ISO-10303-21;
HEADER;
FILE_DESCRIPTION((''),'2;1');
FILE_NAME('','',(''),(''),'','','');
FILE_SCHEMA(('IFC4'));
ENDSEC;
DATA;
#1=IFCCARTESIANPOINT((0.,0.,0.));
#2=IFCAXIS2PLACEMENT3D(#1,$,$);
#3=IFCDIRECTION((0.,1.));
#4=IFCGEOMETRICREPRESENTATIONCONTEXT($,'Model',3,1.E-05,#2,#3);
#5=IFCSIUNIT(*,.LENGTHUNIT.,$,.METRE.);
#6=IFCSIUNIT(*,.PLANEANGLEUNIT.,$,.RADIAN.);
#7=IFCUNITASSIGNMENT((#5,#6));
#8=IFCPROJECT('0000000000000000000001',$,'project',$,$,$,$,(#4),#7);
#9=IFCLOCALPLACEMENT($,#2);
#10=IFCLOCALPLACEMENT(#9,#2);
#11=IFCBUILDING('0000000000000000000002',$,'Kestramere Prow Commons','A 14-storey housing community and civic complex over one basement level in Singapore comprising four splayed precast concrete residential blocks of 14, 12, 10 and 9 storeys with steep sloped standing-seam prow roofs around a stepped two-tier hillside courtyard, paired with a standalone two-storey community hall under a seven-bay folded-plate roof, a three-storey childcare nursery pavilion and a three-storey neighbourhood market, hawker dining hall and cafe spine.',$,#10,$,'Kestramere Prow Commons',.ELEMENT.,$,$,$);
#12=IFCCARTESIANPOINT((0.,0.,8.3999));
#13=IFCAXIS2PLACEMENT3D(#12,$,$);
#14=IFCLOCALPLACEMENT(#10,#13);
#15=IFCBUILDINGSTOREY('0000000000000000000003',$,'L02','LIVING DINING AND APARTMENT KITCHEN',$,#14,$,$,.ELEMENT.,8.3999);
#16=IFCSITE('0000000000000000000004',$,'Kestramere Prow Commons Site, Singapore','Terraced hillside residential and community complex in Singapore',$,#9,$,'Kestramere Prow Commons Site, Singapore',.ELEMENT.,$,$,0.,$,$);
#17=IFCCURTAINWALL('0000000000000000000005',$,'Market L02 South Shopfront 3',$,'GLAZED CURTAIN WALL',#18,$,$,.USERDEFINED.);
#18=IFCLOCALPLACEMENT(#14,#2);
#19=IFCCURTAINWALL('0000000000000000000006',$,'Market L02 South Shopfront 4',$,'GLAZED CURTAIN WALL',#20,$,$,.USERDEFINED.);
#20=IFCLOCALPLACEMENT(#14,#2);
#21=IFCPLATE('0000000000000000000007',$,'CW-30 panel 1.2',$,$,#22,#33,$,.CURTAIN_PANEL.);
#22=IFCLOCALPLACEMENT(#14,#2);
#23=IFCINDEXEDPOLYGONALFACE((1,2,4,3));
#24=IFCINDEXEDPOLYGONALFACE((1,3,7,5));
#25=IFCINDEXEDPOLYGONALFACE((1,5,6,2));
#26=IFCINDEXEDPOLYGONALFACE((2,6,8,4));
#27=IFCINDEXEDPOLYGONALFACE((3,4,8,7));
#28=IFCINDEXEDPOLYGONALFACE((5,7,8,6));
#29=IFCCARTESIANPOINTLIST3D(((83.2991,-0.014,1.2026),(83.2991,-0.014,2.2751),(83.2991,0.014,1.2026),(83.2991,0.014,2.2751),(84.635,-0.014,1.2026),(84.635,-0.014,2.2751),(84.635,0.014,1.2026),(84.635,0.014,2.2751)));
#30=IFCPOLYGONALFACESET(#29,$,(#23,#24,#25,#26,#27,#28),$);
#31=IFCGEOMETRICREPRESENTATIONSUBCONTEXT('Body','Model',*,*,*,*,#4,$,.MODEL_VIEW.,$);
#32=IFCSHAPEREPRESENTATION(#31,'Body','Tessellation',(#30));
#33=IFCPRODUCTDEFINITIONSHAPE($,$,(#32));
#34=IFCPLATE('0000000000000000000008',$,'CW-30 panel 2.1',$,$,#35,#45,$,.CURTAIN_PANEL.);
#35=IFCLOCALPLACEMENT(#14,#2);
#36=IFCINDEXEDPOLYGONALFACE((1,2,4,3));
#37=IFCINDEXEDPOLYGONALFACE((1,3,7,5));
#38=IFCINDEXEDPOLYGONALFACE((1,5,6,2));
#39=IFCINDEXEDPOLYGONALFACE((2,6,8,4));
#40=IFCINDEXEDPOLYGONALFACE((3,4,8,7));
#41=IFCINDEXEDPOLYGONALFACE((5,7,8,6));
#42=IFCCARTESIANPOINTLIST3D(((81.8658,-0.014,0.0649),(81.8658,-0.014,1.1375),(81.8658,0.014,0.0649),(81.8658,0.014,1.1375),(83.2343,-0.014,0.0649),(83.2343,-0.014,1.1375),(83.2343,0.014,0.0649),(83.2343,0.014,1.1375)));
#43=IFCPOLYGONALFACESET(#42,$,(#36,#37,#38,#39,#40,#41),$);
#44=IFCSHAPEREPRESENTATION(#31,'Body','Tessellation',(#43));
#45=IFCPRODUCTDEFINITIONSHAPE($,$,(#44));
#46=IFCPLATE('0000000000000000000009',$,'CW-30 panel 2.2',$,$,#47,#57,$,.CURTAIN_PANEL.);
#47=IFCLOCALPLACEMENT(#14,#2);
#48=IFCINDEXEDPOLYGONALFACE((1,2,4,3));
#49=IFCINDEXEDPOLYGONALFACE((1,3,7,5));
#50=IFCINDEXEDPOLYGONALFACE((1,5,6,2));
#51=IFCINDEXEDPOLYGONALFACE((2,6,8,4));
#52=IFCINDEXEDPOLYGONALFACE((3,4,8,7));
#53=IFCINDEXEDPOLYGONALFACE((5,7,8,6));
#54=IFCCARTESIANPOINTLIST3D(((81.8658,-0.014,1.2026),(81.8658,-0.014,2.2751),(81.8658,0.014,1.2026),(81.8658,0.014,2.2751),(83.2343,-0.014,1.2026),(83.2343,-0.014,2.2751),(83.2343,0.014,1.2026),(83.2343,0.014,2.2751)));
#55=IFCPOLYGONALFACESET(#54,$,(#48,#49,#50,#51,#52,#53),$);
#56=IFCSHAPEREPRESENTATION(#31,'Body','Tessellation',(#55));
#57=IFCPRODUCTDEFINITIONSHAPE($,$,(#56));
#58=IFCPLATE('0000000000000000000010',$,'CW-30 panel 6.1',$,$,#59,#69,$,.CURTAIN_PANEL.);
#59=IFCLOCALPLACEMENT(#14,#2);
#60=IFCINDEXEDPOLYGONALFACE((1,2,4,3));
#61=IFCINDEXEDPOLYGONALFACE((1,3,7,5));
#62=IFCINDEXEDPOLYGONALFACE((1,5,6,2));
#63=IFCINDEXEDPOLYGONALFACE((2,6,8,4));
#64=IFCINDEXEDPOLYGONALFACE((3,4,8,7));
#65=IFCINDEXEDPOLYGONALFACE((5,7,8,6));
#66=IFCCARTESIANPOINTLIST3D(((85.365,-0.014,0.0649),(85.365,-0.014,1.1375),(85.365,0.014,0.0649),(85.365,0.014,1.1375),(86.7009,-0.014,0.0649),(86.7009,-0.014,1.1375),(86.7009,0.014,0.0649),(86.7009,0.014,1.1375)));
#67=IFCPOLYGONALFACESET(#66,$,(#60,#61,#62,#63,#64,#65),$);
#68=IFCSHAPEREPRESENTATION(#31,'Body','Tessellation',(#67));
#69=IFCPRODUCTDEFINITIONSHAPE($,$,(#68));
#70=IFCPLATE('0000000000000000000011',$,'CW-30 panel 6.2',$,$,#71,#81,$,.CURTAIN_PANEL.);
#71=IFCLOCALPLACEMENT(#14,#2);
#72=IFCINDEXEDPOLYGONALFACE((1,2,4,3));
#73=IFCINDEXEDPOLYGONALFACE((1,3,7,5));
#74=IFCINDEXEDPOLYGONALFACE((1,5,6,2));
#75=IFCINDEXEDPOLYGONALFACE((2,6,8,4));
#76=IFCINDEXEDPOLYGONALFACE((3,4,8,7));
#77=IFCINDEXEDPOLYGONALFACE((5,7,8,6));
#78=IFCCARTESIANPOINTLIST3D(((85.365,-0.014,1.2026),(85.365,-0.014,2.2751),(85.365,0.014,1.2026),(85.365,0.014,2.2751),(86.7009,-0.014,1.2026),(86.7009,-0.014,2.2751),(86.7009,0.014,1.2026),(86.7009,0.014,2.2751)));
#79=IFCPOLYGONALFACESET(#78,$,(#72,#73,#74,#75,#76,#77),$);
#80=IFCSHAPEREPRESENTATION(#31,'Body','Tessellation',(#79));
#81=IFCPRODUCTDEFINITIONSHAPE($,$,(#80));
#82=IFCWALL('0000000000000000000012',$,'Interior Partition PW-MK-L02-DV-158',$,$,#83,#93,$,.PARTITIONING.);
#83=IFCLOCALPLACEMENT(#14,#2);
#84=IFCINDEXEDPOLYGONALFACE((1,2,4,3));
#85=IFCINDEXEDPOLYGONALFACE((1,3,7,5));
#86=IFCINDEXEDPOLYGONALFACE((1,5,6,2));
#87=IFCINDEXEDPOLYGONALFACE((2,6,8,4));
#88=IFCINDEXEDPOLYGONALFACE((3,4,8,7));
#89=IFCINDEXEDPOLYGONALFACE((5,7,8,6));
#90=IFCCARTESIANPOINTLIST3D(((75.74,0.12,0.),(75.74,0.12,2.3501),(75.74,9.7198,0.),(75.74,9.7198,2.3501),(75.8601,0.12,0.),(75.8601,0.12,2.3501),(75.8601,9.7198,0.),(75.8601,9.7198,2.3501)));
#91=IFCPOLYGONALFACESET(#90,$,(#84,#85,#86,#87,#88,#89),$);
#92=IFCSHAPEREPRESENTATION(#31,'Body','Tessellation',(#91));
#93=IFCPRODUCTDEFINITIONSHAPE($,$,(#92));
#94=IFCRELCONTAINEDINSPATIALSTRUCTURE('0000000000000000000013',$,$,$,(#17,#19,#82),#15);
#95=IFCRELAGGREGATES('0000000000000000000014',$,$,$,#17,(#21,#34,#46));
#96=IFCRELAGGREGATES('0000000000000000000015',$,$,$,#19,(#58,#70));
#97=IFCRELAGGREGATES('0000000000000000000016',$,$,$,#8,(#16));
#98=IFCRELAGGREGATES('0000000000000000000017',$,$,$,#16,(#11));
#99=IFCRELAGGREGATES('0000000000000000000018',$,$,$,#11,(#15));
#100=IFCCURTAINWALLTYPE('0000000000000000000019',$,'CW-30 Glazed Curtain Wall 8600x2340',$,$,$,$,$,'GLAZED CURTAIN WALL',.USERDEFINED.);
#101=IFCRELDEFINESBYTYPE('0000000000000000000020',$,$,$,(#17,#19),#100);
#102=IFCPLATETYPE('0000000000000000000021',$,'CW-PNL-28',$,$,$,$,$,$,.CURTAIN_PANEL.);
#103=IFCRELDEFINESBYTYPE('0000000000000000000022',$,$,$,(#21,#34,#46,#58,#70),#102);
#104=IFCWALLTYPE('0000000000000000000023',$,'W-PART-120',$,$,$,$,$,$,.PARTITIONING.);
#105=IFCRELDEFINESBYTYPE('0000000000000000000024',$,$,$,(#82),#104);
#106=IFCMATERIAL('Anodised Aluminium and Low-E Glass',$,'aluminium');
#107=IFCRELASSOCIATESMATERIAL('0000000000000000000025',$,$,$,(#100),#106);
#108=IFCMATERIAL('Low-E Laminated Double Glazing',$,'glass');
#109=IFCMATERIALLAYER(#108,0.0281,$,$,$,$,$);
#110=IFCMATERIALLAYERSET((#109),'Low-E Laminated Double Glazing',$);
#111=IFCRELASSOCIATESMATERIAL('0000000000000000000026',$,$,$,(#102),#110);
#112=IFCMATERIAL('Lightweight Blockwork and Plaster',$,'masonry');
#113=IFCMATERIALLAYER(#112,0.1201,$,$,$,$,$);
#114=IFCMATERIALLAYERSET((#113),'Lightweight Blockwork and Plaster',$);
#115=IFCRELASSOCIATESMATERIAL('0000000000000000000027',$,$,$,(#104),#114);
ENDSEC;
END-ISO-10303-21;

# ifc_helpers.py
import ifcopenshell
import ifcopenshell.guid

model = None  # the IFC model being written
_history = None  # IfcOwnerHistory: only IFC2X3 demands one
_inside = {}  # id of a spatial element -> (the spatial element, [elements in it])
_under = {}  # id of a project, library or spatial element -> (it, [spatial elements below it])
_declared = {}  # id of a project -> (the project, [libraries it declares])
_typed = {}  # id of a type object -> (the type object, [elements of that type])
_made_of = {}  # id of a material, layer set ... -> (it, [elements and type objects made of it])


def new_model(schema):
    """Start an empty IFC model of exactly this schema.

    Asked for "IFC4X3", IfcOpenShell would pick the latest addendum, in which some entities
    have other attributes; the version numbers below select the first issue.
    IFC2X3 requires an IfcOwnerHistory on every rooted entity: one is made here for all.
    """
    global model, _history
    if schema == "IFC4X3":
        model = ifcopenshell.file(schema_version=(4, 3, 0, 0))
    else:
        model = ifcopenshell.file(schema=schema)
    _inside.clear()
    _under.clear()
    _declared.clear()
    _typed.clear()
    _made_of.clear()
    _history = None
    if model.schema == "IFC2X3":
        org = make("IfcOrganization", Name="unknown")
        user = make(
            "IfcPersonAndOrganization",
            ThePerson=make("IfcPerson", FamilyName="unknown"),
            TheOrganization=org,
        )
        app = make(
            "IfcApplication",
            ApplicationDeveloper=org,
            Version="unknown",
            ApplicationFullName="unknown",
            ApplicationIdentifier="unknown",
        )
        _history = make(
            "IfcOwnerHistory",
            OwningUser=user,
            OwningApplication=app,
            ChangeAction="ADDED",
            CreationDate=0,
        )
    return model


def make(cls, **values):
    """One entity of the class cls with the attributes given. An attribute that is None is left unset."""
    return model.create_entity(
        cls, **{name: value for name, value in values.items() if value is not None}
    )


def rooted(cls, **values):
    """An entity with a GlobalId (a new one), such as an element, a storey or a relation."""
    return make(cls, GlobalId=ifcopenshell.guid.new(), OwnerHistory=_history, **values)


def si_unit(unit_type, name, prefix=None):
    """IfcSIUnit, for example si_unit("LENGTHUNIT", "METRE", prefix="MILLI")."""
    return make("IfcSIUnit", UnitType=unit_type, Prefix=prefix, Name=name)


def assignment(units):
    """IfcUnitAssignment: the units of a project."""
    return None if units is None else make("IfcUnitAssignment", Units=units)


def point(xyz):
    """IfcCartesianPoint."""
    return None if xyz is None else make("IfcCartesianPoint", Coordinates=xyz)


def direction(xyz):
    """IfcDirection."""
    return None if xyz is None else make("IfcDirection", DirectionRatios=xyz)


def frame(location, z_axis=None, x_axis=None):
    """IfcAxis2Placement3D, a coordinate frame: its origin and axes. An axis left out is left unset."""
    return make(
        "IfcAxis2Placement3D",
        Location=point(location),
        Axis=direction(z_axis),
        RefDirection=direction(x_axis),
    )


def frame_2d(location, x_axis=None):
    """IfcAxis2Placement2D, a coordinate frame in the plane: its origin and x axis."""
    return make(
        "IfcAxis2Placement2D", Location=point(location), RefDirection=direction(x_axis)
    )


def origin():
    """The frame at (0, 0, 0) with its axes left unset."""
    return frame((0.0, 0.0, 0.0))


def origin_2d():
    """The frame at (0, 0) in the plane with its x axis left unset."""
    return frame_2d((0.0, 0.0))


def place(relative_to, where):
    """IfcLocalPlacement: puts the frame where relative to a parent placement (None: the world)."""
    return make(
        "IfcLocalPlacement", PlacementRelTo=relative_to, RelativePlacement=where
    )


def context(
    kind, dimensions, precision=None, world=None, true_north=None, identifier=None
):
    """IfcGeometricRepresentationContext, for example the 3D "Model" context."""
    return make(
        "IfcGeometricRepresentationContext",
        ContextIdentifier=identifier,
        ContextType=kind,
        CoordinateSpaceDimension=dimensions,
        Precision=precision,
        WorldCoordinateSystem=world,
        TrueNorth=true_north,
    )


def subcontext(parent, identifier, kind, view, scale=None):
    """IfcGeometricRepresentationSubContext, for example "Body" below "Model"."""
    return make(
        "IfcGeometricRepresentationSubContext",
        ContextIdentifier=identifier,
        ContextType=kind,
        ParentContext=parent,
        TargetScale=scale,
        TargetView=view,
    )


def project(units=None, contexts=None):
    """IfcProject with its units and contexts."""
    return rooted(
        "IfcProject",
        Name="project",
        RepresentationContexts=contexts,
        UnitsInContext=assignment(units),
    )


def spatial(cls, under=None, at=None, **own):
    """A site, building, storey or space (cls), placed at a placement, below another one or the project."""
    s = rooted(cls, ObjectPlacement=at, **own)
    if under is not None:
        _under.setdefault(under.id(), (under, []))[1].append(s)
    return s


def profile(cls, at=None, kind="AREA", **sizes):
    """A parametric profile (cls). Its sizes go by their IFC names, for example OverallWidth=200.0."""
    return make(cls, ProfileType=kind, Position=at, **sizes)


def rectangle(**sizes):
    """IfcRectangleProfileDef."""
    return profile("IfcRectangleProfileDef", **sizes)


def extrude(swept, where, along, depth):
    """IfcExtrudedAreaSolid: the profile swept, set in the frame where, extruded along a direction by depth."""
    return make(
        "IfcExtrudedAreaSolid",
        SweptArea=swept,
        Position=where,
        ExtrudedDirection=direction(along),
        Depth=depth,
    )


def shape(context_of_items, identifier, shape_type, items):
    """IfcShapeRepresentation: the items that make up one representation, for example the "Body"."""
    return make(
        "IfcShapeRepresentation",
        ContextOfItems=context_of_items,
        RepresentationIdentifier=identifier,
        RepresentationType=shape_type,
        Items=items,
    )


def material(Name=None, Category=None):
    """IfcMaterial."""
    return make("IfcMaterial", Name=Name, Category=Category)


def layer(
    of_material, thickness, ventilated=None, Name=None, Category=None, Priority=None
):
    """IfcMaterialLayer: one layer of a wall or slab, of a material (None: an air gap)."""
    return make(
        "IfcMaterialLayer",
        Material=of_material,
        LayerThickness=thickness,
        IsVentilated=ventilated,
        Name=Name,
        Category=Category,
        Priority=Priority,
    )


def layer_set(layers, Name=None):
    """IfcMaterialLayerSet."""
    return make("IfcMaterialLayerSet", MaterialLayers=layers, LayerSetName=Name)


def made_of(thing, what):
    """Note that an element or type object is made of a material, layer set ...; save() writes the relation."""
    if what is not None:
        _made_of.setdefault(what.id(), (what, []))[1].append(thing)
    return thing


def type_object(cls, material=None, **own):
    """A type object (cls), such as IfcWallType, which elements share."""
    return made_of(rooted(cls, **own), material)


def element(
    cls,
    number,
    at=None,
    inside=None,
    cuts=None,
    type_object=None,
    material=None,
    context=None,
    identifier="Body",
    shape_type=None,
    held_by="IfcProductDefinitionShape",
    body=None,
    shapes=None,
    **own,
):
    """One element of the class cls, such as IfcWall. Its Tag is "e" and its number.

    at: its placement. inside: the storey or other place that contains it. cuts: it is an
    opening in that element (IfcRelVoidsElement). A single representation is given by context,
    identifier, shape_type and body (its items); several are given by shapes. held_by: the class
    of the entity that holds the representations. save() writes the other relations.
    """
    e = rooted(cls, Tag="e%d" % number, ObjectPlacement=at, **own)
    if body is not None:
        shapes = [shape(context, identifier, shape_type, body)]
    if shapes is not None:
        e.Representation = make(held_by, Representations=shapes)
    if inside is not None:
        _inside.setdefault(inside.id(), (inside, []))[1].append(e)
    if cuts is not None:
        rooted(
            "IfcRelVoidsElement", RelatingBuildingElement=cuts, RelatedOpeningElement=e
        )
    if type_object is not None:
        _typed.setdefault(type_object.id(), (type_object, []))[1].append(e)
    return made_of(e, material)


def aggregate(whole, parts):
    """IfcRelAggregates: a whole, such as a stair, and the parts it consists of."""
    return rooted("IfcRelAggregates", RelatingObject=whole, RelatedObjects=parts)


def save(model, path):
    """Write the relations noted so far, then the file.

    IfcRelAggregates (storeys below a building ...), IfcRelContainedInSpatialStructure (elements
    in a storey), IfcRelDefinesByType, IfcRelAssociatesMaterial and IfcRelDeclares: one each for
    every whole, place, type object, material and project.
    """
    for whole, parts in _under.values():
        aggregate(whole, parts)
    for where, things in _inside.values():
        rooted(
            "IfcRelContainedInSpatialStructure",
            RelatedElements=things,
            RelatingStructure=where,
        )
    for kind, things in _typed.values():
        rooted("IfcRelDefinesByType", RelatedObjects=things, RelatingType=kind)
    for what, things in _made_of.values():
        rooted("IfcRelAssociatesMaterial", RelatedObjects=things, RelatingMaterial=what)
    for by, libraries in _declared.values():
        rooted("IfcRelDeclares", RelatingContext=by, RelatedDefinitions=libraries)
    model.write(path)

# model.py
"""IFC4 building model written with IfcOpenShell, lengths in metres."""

from ifc_helpers import new_model, si_unit, direction, frame, frame_2d, origin, origin_2d, place, context, subcontext, project, spatial, rectangle, extrude, material, layer, layer_set, type_object, element, aggregate, save


model = new_model("IFC4")

# Units and contexts
model_context = context("Model", 3, precision=1e-05, world=origin(), true_north=direction((0.0, 1.0)))
body_context = subcontext(model_context, "Body", "Model", "MODEL_VIEW")
ifc_project = project(units=[si_unit("LENGTHUNIT", "METRE"), si_unit("PLANEANGLEUNIT", "RADIAN")], contexts=[model_context])

# Site, building, storey
site_placement = place(None, origin())
site = spatial("IfcSite", under=ifc_project, at=site_placement, Name="Kestramere Prow Commons Site, Singapore", Description="Terraced hillside residential and community complex in Singapore", LongName="Kestramere Prow Commons Site, Singapore", CompositionType="ELEMENT", RefElevation=0.0)
building_placement = place(site_placement, origin())
building = spatial("IfcBuilding", under=site, at=building_placement, Name="Kestramere Prow Commons", Description="A 14-storey housing community and civic complex over one basement level in Singapore comprising four splayed precast concrete residential blocks of 14, 12, 10 and 9 storeys with steep sloped standing-seam prow roofs around a stepped two-tier hillside courtyard, paired with a standalone two-storey community hall under a seven-bay folded-plate roof, a three-storey childcare nursery pavilion and a three-storey neighbourhood market, hawker dining hall and cafe spine.", LongName="Kestramere Prow Commons", CompositionType="ELEMENT")
storey_placement = place(building_placement, frame((0.0, 0.0, 8.3999)))
storey = spatial("IfcBuildingStorey", under=building, at=storey_placement, Name="L02", Description="LIVING DINING AND APARTMENT KITCHEN", CompositionType="ELEMENT", Elevation=8.3999)

# Curtain walls
ifc_material_1 = material(Name="Anodised Aluminium and Low-E Glass", Category="aluminium")
curtain_wall_type = type_object("IfcCurtainWallType", Name="CW-30 Glazed Curtain Wall 8600x2340", ElementType="GLAZED CURTAIN WALL", PredefinedType="USERDEFINED", material=ifc_material_1)
curtain_wall_1_placement = place(storey_placement, origin())
curtain_wall_1 = element("IfcCurtainWall", 1, at=curtain_wall_1_placement, inside=storey, type_object=curtain_wall_type, Name="Market L02 South Shopfront 3", ObjectType="GLAZED CURTAIN WALL", PredefinedType="USERDEFINED")
curtain_wall_2_placement = place(storey_placement, origin())
curtain_wall_2 = element("IfcCurtainWall", 2, at=curtain_wall_2_placement, inside=storey, type_object=curtain_wall_type, Name="Market L02 South Shopfront 4", ObjectType="GLAZED CURTAIN WALL", PredefinedType="USERDEFINED")

# Plates
ifc_material_2 = material(Name="Low-E Laminated Double Glazing", Category="glass")
ifc_layer_1 = layer(ifc_material_2, 0.0281)
ifc_layer_set_1 = layer_set([ifc_layer_1], Name="Low-E Laminated Double Glazing")
plate_type = type_object("IfcPlateType", Name="CW-PNL-28", PredefinedType="CURTAIN_PANEL", material=ifc_layer_set_1)
plate_1_placement = place(storey_placement, frame((83.967, 0.0, 1.2026), z_axis=(0.0, 0.0, 1.0), x_axis=(-1.0, 0.0, 0.0)))
plate_1 = element("IfcPlate", 3, at=plate_1_placement, type_object=plate_type, Name="CW-30 panel 1.2", PredefinedType="CURTAIN_PANEL", context=body_context, shape_type="SweptSolid", body=[
    extrude(rectangle(XDim=1.3359, YDim=0.0281, at=origin_2d()), origin(), (0.0, 0.0, 1.0), 1.0725),
])
plate_2_placement = place(storey_placement, frame((82.55, 0.0, 0.0649), z_axis=(0.0, 0.0, 1.0), x_axis=(-1.0, 0.0, 0.0)))
plate_2 = element("IfcPlate", 4, at=plate_2_placement, type_object=plate_type, Name="CW-30 panel 2.1", PredefinedType="CURTAIN_PANEL", context=body_context, shape_type="SweptSolid", body=[
    extrude(rectangle(XDim=1.3684, YDim=0.0281, at=origin_2d()), origin(), (0.0, 0.0, 1.0), 1.0725),
])
plate_3_placement = place(storey_placement, frame((82.55, 0.0, 1.2026), z_axis=(0.0, 0.0, 1.0), x_axis=(-1.0, 0.0, 0.0)))
plate_3 = element("IfcPlate", 5, at=plate_3_placement, type_object=plate_type, Name="CW-30 panel 2.2", PredefinedType="CURTAIN_PANEL", context=body_context, shape_type="SweptSolid", body=[
    extrude(rectangle(XDim=1.3684, YDim=0.0281, at=origin_2d()), origin(), (0.0, 0.0, 1.0), 1.0725),
])
aggregate(curtain_wall_1, [plate_1, plate_2, plate_3])
plate_4_placement = place(storey_placement, frame((86.033, 0.0, 0.0649), z_axis=(0.0, 0.0, 1.0), x_axis=(-1.0, 0.0, 0.0)))
plate_4 = element("IfcPlate", 6, at=plate_4_placement, type_object=plate_type, Name="CW-30 panel 6.1", PredefinedType="CURTAIN_PANEL", context=body_context, shape_type="SweptSolid", body=[
    extrude(rectangle(XDim=1.3359, YDim=0.0281, at=origin_2d()), origin(), (0.0, 0.0, 1.0), 1.0725),
])
plate_5_placement = place(storey_placement, frame((86.033, 0.0, 1.2026), z_axis=(0.0, 0.0, 1.0), x_axis=(-1.0, 0.0, 0.0)))
plate_5 = element("IfcPlate", 7, at=plate_5_placement, type_object=plate_type, Name="CW-30 panel 6.2", PredefinedType="CURTAIN_PANEL", context=body_context, shape_type="SweptSolid", body=[
    extrude(rectangle(XDim=1.3359, YDim=0.0281, at=origin_2d()), origin(), (0.0, 0.0, 1.0), 1.0725),
])
aggregate(curtain_wall_2, [plate_4, plate_5])

# Wall
ifc_material_3 = material(Name="Lightweight Blockwork and Plaster", Category="masonry")
ifc_layer_2 = layer(ifc_material_3, 0.1201)
ifc_layer_set_2 = layer_set([ifc_layer_2], Name="Lightweight Blockwork and Plaster")
wall_type = type_object("IfcWallType", Name="W-PART-120", PredefinedType="PARTITIONING", material=ifc_layer_set_2)
wall_placement = place(storey_placement, frame((75.8, 0.1201, 0.0), z_axis=(0.0, 0.0, 1.0), x_axis=(0.0, 1.0, 0.0)))
element("IfcWall", 8, at=wall_placement, inside=storey, type_object=wall_type, Name="Interior Partition PW-MK-L02-DV-158", PredefinedType="PARTITIONING", context=body_context, shape_type="SweptSolid", body=[
    extrude(rectangle(XDim=9.5999, YDim=0.1201, at=frame_2d((4.7998, 0.0))), origin(), (0.0, 0.0, 1.0), 2.3501),
])

save(model, "model.ifc")
